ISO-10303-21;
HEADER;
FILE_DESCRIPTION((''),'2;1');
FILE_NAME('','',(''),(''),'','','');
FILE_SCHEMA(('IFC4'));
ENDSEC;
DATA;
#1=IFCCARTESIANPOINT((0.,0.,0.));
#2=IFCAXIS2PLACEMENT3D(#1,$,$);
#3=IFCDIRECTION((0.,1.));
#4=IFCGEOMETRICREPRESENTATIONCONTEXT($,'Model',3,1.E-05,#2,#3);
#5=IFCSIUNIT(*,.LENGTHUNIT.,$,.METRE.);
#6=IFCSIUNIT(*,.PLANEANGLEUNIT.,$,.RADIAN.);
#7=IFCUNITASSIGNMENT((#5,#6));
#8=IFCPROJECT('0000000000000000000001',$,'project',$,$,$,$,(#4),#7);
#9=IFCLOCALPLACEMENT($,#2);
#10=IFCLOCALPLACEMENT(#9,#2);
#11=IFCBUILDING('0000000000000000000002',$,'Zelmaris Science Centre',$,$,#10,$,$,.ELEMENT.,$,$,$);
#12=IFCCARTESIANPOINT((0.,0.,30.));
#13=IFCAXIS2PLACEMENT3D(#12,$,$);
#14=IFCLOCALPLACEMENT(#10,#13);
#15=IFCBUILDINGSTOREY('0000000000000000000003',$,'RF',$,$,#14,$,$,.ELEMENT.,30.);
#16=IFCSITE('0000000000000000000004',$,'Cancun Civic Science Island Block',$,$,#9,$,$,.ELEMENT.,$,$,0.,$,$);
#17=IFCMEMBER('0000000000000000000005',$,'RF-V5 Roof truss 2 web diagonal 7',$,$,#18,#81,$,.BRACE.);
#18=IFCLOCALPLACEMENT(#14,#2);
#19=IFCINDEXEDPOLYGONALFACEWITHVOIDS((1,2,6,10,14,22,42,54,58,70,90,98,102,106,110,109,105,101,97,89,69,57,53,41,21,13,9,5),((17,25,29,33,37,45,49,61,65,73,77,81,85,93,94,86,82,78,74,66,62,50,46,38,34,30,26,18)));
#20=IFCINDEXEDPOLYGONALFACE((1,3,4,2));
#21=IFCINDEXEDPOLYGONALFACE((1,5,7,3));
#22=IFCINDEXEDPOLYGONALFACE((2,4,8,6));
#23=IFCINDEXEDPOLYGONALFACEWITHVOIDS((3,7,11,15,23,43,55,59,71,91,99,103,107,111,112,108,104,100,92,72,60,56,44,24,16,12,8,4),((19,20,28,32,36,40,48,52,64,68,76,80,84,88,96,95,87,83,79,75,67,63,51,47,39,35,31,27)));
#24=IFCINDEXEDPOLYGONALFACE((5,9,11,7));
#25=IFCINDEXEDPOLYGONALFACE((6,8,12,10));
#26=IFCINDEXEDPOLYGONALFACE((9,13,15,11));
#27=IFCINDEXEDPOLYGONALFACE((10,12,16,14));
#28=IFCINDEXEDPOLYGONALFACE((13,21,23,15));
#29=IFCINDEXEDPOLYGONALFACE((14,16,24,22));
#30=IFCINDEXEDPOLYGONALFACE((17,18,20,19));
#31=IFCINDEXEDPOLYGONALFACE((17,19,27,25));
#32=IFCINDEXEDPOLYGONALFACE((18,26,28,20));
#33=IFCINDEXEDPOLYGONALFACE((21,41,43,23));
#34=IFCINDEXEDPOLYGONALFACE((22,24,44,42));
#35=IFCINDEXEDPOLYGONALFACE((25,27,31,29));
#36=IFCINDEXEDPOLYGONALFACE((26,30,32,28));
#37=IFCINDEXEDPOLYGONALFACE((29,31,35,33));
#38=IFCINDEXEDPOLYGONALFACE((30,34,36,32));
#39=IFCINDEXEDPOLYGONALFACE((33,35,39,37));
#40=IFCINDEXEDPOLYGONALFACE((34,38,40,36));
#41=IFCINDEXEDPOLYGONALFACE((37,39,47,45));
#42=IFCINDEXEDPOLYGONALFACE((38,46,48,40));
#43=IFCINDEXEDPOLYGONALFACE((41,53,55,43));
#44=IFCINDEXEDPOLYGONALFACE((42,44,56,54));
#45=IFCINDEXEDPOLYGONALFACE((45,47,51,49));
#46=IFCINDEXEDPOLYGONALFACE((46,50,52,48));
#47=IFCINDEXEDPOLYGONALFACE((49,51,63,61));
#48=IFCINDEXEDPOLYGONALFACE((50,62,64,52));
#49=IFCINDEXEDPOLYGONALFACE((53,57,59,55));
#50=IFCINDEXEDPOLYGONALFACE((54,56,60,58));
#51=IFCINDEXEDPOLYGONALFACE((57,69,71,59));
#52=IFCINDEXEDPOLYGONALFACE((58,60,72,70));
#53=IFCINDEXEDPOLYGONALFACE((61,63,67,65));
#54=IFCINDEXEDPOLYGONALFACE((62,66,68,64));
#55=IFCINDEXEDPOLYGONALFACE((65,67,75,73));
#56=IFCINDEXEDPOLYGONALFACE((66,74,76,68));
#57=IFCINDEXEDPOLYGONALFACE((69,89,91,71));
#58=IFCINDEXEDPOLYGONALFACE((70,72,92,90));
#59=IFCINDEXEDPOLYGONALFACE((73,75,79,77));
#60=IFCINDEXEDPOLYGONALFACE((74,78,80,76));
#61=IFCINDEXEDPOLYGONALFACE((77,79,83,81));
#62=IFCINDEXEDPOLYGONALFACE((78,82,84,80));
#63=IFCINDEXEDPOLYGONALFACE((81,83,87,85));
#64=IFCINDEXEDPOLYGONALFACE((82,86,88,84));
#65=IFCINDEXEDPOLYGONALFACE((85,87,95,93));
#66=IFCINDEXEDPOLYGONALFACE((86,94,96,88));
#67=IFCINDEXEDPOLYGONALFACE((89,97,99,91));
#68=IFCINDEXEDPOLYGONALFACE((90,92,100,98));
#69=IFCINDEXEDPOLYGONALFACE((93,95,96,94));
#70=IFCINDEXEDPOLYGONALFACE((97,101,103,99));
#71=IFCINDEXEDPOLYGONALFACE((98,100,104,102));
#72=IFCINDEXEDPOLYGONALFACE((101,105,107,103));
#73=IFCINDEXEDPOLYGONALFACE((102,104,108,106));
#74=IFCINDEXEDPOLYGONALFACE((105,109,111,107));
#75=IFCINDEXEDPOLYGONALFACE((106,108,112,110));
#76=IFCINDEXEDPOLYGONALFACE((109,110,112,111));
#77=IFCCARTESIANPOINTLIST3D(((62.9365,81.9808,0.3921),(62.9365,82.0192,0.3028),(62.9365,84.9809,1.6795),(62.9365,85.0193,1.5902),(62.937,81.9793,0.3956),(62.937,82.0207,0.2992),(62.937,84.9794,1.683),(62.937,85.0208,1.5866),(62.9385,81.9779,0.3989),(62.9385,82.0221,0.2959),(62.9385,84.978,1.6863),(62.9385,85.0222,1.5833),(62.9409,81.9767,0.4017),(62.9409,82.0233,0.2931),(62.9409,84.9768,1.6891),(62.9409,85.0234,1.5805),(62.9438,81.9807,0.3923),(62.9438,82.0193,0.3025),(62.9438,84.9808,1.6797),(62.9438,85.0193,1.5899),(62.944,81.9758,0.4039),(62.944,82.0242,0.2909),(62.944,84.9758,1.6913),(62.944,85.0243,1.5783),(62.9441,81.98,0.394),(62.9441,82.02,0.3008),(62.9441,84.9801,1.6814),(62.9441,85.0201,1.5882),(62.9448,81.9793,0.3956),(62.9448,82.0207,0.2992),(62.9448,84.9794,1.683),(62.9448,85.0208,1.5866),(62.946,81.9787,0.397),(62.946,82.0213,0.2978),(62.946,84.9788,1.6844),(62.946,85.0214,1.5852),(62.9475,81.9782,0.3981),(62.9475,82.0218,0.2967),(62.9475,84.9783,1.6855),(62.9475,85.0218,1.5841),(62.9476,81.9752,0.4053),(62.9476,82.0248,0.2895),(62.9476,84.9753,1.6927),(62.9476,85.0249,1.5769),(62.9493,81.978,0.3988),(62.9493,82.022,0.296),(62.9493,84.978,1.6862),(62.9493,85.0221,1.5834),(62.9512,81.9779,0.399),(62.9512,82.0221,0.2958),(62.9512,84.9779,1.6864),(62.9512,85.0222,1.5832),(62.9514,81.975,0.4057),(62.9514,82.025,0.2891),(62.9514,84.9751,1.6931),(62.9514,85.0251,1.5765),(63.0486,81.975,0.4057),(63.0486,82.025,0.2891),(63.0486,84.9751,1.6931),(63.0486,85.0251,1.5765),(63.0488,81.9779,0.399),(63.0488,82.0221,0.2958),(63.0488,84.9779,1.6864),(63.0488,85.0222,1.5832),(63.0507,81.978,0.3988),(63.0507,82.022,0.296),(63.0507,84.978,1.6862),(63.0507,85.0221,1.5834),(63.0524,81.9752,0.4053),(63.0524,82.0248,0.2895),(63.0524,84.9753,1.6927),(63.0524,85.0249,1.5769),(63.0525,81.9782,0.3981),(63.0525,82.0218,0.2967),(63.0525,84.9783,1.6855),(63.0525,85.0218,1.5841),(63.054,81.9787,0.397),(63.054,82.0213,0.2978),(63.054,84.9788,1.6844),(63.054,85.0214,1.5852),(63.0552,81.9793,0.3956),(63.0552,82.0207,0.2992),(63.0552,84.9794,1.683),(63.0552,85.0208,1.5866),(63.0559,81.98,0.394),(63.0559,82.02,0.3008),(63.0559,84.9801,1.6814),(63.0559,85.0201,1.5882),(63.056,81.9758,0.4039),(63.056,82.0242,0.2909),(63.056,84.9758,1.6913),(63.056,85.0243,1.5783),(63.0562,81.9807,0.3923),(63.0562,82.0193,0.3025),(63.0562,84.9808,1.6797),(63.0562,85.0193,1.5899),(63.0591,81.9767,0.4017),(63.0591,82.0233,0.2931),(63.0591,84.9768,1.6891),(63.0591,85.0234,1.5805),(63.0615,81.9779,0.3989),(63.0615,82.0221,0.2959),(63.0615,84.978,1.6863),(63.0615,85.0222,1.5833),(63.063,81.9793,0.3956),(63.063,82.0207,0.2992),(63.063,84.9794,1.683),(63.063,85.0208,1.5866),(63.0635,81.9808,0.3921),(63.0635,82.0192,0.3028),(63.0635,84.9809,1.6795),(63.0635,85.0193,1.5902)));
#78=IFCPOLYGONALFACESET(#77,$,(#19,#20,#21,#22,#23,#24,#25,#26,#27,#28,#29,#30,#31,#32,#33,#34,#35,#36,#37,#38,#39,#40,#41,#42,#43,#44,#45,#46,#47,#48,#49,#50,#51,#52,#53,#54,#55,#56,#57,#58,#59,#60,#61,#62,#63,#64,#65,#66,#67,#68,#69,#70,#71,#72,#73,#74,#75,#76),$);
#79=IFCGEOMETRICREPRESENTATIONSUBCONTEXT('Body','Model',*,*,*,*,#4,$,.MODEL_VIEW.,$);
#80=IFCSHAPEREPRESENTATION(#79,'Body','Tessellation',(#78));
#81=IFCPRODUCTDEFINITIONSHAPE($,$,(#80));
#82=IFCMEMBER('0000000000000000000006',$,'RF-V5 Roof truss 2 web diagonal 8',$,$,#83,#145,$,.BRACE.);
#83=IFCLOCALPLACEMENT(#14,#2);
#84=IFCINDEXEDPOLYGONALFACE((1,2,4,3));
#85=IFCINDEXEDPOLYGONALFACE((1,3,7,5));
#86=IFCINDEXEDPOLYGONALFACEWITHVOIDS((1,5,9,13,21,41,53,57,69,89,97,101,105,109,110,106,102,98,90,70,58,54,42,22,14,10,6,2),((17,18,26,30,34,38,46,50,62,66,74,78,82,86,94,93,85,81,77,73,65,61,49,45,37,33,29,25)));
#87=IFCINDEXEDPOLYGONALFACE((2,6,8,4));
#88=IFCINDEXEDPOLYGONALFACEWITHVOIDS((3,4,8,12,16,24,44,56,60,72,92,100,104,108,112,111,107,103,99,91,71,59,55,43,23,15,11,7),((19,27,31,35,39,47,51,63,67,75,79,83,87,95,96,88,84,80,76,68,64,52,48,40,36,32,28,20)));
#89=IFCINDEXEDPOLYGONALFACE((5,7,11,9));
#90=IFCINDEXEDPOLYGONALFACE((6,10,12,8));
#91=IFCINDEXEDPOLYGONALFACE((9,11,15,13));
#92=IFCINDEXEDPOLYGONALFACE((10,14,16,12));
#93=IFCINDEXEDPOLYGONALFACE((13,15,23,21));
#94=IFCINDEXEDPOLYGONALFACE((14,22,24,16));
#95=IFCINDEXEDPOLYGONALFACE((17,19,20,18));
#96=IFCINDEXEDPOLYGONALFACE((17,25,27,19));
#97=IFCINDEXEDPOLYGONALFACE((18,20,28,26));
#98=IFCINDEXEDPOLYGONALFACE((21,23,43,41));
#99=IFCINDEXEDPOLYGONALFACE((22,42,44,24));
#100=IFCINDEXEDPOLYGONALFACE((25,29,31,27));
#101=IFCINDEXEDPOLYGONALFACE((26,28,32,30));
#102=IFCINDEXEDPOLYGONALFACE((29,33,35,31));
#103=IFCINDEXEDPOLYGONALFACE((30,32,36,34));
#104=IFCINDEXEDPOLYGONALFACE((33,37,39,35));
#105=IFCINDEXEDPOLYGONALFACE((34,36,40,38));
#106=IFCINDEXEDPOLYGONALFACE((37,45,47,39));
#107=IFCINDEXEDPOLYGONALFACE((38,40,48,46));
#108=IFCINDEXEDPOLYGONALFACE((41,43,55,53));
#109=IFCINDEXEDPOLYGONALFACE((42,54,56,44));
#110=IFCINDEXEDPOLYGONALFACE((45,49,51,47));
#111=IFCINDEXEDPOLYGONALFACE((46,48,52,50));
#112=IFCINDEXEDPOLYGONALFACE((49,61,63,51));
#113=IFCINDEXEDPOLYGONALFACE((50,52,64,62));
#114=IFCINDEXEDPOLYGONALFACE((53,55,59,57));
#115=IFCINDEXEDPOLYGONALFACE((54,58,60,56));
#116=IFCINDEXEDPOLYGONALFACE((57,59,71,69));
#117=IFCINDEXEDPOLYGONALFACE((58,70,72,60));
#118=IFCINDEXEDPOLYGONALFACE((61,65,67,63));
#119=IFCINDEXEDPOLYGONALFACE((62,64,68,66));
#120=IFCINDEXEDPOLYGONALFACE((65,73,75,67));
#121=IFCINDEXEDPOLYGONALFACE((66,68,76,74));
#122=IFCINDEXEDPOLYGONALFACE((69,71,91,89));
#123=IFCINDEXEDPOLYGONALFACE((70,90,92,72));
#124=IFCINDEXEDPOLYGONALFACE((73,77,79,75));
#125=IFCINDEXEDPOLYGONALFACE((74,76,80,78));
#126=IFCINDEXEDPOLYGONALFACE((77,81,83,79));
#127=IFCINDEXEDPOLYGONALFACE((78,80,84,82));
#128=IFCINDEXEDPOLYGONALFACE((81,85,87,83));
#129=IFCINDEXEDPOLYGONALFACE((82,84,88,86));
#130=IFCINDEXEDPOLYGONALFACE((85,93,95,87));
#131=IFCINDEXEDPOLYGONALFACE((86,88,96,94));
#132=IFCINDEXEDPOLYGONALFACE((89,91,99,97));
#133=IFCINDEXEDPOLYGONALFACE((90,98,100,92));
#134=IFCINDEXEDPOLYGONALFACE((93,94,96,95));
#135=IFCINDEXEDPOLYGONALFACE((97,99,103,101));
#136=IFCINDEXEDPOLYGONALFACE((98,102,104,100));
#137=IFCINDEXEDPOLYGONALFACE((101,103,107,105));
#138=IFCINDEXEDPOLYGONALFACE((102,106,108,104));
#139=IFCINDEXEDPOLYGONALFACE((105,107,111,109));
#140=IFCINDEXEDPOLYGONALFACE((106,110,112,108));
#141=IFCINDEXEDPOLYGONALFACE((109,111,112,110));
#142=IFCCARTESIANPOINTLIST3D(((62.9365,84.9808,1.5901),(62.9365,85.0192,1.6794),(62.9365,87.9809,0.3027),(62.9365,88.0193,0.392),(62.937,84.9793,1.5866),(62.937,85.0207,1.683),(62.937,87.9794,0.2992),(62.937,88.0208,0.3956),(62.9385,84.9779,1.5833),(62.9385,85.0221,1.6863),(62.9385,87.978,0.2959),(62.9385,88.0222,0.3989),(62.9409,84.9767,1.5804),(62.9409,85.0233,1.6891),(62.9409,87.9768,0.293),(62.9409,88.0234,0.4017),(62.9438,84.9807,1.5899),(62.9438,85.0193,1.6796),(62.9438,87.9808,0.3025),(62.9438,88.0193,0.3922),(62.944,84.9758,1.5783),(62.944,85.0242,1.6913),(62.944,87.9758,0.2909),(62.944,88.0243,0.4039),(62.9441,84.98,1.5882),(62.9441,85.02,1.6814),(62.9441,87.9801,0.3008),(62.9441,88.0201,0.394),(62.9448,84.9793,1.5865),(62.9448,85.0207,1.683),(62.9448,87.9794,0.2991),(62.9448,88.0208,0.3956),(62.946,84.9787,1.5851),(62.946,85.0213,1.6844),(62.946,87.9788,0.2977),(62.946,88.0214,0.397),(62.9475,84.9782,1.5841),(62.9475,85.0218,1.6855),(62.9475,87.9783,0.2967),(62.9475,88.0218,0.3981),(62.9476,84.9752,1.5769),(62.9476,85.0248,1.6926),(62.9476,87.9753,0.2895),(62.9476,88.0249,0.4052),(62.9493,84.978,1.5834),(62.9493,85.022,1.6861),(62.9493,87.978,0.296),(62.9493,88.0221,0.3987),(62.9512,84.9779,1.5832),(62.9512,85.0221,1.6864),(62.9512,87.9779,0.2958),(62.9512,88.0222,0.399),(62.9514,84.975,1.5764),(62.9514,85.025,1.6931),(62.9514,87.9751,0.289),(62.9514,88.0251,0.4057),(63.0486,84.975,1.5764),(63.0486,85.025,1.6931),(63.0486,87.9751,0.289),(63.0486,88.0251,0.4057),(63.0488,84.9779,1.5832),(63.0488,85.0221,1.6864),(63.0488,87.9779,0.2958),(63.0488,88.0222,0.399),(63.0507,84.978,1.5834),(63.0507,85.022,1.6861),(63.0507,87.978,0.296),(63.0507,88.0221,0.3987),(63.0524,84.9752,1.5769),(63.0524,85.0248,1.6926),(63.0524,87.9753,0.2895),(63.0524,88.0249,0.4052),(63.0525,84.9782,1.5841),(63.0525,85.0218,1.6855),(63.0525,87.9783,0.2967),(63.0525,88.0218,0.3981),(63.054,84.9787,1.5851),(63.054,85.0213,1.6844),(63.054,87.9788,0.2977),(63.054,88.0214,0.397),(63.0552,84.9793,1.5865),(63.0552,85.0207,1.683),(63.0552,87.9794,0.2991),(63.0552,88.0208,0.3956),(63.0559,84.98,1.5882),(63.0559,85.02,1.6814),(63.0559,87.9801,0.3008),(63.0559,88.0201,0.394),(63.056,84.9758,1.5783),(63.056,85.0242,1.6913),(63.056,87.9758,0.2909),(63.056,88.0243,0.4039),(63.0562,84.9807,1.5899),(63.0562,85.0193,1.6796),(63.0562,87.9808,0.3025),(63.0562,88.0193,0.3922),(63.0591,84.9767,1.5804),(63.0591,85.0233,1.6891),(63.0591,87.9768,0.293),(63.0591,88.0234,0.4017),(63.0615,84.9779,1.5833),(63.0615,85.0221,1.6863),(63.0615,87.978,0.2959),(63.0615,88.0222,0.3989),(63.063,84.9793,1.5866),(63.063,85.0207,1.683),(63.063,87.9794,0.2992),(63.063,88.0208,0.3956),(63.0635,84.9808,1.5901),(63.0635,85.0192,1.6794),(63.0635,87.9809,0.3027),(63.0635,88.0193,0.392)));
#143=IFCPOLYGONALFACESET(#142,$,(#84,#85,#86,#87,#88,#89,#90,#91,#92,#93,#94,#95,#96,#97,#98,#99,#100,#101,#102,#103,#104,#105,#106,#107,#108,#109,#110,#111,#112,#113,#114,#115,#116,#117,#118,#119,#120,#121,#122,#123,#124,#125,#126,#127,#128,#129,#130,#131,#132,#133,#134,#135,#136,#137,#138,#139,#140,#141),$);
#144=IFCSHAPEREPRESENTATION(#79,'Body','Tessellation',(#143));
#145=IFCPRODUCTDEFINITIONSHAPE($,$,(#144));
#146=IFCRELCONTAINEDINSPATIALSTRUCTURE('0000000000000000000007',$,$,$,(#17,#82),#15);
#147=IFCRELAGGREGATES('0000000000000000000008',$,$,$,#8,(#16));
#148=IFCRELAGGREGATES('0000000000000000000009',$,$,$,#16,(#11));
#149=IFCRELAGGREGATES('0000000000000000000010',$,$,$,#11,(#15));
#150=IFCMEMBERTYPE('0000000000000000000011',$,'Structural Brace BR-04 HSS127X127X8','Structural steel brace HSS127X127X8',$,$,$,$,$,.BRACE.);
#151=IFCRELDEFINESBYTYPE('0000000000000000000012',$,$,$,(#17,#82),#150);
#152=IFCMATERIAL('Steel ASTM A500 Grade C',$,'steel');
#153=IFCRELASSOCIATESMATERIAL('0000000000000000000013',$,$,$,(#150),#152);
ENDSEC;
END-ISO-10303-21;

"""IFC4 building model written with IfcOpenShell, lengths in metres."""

from ifc_helpers import new_model, si_unit, direction, frame, origin, origin_2d, place, context, subcontext, project, spatial, hollow_rectangle, extrude, material, material_profile, profile_set, type_object, element, save


model = new_model("IFC4")

# Units and contexts
model_context = context("Model", 3, precision=1e-05, world=origin(), true_north=direction((0.0, 1.0)))
body_context = subcontext(model_context, "Body", "Model", "MODEL_VIEW")
ifc_project = project(units=[si_unit("LENGTHUNIT", "METRE"), si_unit("PLANEANGLEUNIT", "RADIAN")], contexts=[model_context])

# Site, building, storey
site_placement = place(None, origin())
site = spatial("IfcSite", under=ifc_project, at=site_placement, Name="Cancun Civic Science Island Block", CompositionType="ELEMENT", RefElevation=0.0)
building_placement = place(site_placement, origin())
building = spatial("IfcBuilding", under=site, at=building_placement, Name="Zelmaris Science Centre", CompositionType="ELEMENT")
storey_placement = place(building_placement, frame((0.0, 0.0, 30.0)))
storey = spatial("IfcBuildingStorey", under=building, at=storey_placement, Name="RF", CompositionType="ELEMENT", Elevation=30.0)

# Shared definitions
ifc_material = material(Name="Steel ASTM A500 Grade C", Category="steel")

# Members
ifc_material_profile_1 = material_profile(ifc_material, hollow_rectangle(XDim=0.127, YDim=0.127, WallThickness=0.0073, InnerFilletRadius=0.0073, OuterFilletRadius=0.0149, at=origin_2d()), Name="HSS127X127X8")
ifc_profile_set_1 = profile_set([ifc_material_profile_1], Name="Steel ASTM A500 Grade C")
member_type_1 = type_object("IfcMemberType", Name="Structural Brace BR-04 HSS127X127X8", Description="Structural steel brace HSS127X127X8", PredefinedType="BRACE", material=ifc_profile_set_1)
for number, where, z_axis, x_axis, name in (
    (1, (63.0, 82.0, 0.3474), (0.0, 0.918963, 0.394343), (-1.0, 0.0, 0.0), "RF-V5 Roof truss 2 web diagonal 7"),
    (2, (63.0, 85.0, 1.6348), (0.0, 0.918963, -0.394343), (-1.0, 0.0, 0.0), "RF-V5 Roof truss 2 web diagonal 8"),
):
    element("IfcMember", number, at=place(storey_placement, frame(where, z_axis=z_axis, x_axis=x_axis)), inside=storey, type_object=member_type_1, Name=name, PredefinedType="BRACE", context=body_context, shape_type="SweptSolid", body=[
        extrude(hollow_rectangle(XDim=0.127, YDim=0.127, WallThickness=0.0073, InnerFilletRadius=0.0073, OuterFilletRadius=0.0149, at=origin_2d()), origin(), (0.0, 0.0, 1.0), 3.2646),
    ])

save(model, "model.ifc")
